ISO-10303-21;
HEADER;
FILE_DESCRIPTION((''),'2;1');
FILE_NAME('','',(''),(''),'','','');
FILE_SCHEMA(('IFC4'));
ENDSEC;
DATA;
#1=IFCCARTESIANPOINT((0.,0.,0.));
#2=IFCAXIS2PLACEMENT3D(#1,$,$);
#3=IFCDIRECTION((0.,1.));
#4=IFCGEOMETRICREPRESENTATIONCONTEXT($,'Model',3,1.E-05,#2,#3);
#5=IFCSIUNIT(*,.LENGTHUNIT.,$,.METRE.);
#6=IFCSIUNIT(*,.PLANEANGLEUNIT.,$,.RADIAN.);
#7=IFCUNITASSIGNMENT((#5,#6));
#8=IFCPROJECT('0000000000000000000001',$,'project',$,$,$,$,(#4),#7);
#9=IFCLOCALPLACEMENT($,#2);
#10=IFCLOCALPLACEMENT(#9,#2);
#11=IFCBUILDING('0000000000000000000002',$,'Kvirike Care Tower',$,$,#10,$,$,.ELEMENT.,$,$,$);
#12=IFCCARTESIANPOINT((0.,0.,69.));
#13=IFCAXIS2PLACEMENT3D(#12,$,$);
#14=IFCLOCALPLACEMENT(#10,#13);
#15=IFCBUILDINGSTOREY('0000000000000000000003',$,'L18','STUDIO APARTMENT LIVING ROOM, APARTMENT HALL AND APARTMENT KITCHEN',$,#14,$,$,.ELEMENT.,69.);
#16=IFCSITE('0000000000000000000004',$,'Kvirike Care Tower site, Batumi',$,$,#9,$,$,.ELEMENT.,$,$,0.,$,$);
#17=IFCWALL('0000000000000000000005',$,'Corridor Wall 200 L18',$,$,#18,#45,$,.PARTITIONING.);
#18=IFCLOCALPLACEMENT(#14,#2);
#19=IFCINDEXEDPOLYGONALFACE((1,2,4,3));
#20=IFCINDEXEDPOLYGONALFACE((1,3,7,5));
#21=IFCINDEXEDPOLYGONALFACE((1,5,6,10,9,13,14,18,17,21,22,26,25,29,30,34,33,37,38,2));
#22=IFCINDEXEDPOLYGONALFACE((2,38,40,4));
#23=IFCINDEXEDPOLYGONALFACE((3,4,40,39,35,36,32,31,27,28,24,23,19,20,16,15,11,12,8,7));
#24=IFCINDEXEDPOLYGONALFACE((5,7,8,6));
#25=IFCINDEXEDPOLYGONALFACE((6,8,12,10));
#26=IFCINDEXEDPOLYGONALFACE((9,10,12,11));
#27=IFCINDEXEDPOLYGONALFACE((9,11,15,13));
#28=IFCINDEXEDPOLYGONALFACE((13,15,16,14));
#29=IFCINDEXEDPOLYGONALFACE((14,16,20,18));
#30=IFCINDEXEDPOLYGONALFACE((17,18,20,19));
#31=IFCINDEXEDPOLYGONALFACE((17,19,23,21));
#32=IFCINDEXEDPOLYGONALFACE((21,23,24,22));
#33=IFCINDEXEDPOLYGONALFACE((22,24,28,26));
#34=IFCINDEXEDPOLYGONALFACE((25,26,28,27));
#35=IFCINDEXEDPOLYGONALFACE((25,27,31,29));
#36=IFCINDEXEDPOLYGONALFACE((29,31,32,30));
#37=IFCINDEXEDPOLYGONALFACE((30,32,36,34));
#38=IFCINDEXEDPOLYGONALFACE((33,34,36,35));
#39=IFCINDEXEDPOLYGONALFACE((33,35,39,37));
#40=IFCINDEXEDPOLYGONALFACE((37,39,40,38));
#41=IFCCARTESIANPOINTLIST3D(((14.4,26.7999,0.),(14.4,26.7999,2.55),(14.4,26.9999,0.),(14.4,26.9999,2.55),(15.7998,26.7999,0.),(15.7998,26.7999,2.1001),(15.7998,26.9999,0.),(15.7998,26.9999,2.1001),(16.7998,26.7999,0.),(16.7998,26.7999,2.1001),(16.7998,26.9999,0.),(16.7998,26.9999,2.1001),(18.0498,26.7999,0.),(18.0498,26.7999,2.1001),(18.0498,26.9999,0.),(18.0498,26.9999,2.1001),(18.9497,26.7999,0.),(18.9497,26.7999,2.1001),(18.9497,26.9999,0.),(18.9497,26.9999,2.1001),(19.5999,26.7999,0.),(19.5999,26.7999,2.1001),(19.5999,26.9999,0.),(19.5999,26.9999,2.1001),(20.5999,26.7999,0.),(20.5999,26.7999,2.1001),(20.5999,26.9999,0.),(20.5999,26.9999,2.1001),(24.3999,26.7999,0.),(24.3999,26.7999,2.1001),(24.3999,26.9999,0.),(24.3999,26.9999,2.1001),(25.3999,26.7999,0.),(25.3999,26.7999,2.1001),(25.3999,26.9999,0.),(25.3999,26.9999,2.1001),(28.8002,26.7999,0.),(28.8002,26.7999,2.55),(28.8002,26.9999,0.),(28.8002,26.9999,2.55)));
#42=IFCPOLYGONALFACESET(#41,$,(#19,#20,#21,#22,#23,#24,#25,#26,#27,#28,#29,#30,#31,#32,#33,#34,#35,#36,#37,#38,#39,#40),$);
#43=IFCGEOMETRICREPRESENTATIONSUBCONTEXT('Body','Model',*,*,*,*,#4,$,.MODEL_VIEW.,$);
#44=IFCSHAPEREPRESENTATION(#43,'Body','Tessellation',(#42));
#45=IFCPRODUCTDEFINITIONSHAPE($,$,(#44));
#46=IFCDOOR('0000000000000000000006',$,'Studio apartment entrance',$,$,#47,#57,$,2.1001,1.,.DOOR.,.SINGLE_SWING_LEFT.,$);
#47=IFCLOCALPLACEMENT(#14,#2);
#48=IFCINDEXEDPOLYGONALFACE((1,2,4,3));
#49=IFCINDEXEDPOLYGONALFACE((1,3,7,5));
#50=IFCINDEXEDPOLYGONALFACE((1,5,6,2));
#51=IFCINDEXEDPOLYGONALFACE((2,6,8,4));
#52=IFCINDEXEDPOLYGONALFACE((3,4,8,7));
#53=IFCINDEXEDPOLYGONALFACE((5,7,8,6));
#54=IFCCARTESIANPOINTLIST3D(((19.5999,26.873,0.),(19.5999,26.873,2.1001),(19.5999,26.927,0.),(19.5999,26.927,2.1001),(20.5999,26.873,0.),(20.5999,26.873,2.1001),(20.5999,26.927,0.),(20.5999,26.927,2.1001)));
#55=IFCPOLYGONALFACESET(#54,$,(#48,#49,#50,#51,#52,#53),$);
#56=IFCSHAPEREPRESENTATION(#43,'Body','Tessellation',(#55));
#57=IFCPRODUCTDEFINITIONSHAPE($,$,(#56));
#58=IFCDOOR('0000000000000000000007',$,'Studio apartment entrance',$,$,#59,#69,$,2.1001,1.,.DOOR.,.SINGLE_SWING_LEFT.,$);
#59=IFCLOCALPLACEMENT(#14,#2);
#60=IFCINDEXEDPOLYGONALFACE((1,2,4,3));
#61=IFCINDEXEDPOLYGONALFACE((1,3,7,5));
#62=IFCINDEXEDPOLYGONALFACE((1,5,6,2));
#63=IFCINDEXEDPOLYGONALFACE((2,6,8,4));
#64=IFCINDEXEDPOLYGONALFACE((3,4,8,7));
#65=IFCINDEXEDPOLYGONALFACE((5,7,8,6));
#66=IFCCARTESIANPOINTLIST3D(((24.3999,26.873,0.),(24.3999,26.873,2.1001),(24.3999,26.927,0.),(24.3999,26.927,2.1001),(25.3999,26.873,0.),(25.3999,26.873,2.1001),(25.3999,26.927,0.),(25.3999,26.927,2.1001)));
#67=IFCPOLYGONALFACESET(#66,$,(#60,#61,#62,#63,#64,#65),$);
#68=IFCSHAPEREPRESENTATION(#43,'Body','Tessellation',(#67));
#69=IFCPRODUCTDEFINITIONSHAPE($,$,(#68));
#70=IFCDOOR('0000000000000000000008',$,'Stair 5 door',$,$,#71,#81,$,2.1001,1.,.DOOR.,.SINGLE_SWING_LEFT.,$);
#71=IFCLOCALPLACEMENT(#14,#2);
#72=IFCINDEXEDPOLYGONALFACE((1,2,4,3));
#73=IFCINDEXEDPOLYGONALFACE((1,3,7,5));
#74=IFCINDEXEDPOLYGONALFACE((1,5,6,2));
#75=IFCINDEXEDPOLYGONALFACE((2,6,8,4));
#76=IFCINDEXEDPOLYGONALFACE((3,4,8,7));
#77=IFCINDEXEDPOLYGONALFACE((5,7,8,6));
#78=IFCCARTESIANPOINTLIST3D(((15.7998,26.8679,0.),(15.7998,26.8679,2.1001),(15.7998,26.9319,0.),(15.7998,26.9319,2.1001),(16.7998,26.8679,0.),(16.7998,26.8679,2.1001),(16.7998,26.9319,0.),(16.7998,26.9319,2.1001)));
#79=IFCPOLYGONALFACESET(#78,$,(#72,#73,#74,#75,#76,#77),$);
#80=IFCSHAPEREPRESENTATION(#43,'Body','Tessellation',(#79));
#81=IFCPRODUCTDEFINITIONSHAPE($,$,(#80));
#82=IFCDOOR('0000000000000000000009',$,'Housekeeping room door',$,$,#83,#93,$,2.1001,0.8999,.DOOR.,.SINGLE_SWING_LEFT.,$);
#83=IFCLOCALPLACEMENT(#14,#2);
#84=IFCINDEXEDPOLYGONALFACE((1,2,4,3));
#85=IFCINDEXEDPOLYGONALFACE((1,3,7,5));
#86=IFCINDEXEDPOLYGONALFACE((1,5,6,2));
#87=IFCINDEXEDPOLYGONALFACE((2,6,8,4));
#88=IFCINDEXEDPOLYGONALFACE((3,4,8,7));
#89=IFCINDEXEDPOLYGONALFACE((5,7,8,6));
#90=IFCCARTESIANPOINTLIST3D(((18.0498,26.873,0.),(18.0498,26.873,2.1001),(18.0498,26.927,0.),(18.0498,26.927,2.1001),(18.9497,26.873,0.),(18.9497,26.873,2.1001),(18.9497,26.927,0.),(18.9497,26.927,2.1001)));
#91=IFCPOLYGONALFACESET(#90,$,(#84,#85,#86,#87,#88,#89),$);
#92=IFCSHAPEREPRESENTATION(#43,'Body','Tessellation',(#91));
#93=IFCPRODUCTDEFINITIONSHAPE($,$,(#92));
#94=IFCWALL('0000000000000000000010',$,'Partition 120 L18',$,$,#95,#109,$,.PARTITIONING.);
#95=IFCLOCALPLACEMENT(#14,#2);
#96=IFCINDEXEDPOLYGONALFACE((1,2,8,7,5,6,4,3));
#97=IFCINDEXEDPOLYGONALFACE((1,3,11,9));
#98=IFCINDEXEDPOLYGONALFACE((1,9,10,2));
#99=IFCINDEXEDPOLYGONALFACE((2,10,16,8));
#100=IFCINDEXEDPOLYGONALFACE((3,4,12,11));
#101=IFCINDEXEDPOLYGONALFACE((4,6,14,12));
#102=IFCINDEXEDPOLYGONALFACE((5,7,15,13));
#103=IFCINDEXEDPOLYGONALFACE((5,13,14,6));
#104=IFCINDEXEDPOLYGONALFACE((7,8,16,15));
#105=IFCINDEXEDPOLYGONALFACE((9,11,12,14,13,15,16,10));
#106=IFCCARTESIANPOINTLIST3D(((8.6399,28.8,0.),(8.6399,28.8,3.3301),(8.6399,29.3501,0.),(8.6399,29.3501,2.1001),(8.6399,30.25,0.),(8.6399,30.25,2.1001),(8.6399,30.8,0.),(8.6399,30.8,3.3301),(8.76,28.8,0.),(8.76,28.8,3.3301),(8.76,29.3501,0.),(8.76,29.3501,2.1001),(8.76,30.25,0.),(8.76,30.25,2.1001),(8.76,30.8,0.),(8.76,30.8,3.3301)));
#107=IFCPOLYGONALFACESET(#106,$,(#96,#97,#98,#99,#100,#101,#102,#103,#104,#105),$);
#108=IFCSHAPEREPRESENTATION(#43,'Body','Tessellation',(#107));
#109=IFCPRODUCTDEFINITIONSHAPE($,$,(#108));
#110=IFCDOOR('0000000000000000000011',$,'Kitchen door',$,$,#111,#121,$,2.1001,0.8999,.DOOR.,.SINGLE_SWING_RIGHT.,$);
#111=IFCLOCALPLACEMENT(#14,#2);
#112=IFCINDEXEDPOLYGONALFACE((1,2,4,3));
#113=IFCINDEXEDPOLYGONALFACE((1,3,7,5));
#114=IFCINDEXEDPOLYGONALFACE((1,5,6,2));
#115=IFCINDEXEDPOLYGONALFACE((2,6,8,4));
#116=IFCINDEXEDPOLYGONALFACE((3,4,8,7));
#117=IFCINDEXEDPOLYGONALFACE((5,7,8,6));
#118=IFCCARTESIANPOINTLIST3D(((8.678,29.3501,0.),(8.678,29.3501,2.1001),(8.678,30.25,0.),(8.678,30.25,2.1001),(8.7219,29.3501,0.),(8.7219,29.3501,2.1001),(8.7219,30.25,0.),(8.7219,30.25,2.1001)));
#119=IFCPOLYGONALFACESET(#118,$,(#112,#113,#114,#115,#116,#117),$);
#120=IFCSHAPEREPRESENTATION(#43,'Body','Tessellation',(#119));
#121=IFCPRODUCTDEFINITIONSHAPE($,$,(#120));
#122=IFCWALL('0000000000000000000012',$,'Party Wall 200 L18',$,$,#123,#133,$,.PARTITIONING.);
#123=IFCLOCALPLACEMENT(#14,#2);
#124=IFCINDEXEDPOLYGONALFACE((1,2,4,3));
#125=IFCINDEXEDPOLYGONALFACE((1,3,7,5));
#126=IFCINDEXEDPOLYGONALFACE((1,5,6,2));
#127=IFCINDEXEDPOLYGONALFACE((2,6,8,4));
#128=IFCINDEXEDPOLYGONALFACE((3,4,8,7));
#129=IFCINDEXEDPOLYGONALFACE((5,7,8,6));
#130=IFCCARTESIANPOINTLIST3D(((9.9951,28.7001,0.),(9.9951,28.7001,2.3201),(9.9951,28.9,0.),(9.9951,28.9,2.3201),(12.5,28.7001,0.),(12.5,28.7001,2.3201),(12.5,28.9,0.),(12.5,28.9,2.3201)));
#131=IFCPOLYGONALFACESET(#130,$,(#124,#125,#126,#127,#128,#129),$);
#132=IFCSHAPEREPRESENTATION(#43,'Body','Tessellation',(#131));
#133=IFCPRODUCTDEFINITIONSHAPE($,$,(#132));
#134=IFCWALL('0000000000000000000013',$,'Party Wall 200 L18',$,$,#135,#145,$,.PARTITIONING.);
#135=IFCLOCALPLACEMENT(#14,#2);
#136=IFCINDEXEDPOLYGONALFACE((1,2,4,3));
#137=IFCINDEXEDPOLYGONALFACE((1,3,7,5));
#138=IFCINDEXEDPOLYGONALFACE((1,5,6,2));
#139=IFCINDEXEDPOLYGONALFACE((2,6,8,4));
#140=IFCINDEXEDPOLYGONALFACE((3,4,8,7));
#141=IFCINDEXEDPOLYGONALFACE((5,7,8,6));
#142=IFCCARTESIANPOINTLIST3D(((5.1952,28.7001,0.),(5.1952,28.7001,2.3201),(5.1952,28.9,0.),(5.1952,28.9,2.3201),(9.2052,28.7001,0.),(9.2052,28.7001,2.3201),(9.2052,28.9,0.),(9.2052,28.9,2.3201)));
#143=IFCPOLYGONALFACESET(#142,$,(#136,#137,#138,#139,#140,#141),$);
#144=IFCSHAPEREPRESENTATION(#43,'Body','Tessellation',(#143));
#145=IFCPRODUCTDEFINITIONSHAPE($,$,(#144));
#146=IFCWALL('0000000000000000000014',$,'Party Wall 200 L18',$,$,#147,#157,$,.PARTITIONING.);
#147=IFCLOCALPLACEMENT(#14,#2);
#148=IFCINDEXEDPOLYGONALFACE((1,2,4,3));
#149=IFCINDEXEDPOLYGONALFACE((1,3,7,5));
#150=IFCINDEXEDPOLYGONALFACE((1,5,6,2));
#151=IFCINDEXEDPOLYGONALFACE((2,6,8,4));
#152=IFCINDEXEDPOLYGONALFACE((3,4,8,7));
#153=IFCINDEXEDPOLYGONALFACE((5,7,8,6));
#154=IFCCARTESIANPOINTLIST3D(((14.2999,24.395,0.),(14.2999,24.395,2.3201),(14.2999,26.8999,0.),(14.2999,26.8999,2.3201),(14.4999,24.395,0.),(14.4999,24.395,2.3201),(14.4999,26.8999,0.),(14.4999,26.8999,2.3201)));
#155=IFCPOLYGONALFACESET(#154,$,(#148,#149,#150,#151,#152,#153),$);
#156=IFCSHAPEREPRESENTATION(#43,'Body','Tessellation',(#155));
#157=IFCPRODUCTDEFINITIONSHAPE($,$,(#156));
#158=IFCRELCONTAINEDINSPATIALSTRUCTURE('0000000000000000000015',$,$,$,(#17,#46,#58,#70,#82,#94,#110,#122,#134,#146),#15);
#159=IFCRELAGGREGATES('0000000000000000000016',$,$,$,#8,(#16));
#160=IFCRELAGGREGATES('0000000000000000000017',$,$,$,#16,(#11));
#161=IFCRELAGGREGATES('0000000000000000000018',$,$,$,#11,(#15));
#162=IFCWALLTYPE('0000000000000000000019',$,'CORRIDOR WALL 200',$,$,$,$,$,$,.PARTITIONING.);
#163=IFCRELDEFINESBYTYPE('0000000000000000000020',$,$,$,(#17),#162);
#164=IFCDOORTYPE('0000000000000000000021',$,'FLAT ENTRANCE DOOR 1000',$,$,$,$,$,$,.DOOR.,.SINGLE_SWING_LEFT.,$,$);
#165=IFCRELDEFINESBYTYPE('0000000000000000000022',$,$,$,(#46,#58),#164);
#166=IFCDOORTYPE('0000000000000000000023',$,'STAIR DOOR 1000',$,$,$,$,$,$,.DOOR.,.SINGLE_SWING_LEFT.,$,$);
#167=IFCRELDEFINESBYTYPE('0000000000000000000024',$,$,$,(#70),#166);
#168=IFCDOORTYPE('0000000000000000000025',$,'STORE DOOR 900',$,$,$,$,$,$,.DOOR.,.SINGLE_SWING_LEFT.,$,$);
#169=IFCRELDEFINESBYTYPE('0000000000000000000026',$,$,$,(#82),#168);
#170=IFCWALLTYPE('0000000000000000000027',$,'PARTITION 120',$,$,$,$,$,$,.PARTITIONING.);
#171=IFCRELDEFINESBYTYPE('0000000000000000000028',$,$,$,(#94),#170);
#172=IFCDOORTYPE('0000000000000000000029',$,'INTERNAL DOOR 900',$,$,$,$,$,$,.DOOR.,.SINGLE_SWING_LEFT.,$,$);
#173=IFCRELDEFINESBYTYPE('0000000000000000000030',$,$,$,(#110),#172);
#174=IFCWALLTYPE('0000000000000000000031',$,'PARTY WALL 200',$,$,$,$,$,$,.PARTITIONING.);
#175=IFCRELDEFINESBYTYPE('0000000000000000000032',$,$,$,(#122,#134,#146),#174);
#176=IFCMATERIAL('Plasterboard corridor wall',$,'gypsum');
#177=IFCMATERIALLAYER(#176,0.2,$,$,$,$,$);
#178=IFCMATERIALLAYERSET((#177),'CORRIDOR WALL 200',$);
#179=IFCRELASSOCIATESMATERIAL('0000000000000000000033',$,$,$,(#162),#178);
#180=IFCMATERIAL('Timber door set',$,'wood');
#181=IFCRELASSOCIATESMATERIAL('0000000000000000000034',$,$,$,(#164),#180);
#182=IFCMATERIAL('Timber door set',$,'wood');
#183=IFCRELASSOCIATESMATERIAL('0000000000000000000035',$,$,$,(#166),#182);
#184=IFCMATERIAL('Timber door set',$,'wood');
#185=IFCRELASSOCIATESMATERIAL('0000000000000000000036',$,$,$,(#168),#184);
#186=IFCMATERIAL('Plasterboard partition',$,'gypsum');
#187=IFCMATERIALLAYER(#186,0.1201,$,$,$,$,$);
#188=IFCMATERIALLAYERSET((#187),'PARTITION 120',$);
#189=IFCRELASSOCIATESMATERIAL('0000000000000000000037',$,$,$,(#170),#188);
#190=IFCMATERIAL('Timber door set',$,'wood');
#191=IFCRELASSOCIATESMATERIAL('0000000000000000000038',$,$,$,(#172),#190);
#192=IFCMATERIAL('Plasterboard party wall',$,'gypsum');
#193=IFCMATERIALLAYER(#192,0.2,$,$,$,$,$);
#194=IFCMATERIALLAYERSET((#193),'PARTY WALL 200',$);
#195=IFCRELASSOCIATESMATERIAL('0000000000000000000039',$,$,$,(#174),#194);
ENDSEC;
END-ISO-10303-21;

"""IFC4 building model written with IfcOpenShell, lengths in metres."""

from ifc_helpers import new_model, si_unit, direction, frame, frame_2d, origin, place, context, subcontext, project, spatial, rectangle, extrude, material, layer, layer_set, type_object, element, fill, save


model = new_model("IFC4")

# Units and contexts
model_context = context("Model", 3, precision=1e-05, world=origin(), true_north=direction((0.0, 1.0)))
body_context = subcontext(model_context, "Body", "Model", "MODEL_VIEW")
ifc_project = project(units=[si_unit("LENGTHUNIT", "METRE"), si_unit("PLANEANGLEUNIT", "RADIAN")], contexts=[model_context])

# Site, building, storey
site_placement = place(None, origin())
site = spatial("IfcSite", under=ifc_project, at=site_placement, Name="Kvirike Care Tower site, Batumi", CompositionType="ELEMENT", RefElevation=0.0)
building_placement = place(site_placement, origin())
building = spatial("IfcBuilding", under=site, at=building_placement, Name="Kvirike Care Tower", CompositionType="ELEMENT")
storey_placement = place(building_placement, frame((0.0, 0.0, 69.0)))
storey = spatial("IfcBuildingStorey", under=building, at=storey_placement, Name="L18", Description="STUDIO APARTMENT LIVING ROOM, APARTMENT HALL AND APARTMENT KITCHEN", CompositionType="ELEMENT", Elevation=69.0)

# Wall, openings, doors
ifc_material_1 = material(Name="Plasterboard corridor wall", Category="gypsum")
ifc_layer_1 = layer(ifc_material_1, 0.2)
ifc_layer_set_1 = layer_set([ifc_layer_1], Name="CORRIDOR WALL 200")
wall_type_1 = type_object("IfcWallType", Name="CORRIDOR WALL 200", PredefinedType="PARTITIONING", material=ifc_layer_set_1)
wall_1_placement = place(storey_placement, frame((14.3999, 26.8999, 0.0), z_axis=(0.0, 0.0, 1.0), x_axis=(1.0, 0.0, 0.0)))
wall_1 = element("IfcWall", 1, at=wall_1_placement, inside=storey, type_object=wall_type_1, Name="Corridor Wall 200 L18", PredefinedType="PARTITIONING", context=body_context, shape_type="SweptSolid", body=[
    extrude(rectangle(XDim=14.4001, YDim=0.2, at=frame_2d((7.2002, 0.0))), origin(), (0.0, 0.0, 1.0), 2.55),
])
opening_1_placement = place(wall_1_placement, frame((1.3999, 0.0, 0.0)))
opening_1 = element("IfcOpeningElement", 2, at=opening_1_placement, cuts=wall_1, PredefinedType="OPENING", context=body_context, shape_type="SweptSolid", body=[
    extrude(rectangle(XDim=1.0, YDim=2.1001, at=frame_2d((0.5, 1.05))), frame((0.0, 0.1106, 0.0), z_axis=(0.0, -1.0, 0.0), x_axis=(1.0, 0.0, 0.0)), (0.0, 0.0, 1.0), 0.2209),
])
opening_2_placement = place(wall_1_placement, frame((3.6499, 0.0, 0.0)))
opening_2 = element("IfcOpeningElement", 3, at=opening_2_placement, cuts=wall_1, PredefinedType="OPENING", context=body_context, shape_type="SweptSolid", body=[
    extrude(rectangle(XDim=0.8999, YDim=2.1001, at=frame_2d((0.45, 1.05))), frame((0.0, 0.1106, 0.0), z_axis=(0.0, -1.0, 0.0), x_axis=(1.0, 0.0, 0.0)), (0.0, 0.0, 1.0), 0.2209),
])
opening_3_placement = place(wall_1_placement, frame((5.2, 0.0, 0.0)))
opening_3 = element("IfcOpeningElement", 4, at=opening_3_placement, cuts=wall_1, PredefinedType="OPENING", context=body_context, shape_type="SweptSolid", body=[
    extrude(rectangle(XDim=1.0, YDim=2.1001, at=frame_2d((0.5, 1.05))), frame((0.0, 0.1106, 0.0), z_axis=(0.0, -1.0, 0.0), x_axis=(1.0, 0.0, 0.0)), (0.0, 0.0, 1.0), 0.2209),
])
opening_4_placement = place(wall_1_placement, frame((10.0, 0.0, 0.0)))
opening_4 = element("IfcOpeningElement", 5, at=opening_4_placement, cuts=wall_1, PredefinedType="OPENING", context=body_context, shape_type="SweptSolid", body=[
    extrude(rectangle(XDim=1.0, YDim=2.1001, at=frame_2d((0.5, 1.05))), frame((0.0, 0.1106, 0.0), z_axis=(0.0, -1.0, 0.0), x_axis=(1.0, 0.0, 0.0)), (0.0, 0.0, 1.0), 0.2209),
])
ifc_material_2 = material(Name="Timber door set", Category="wood")
door_type_1 = type_object("IfcDoorType", Name="FLAT ENTRANCE DOOR 1000", OperationType="SINGLE_SWING_LEFT", PredefinedType="DOOR", material=ifc_material_2)
door_1_placement = place(opening_3_placement, frame((1.0, 0.0, 0.0), z_axis=(0.0, 0.0, 1.0), x_axis=(-1.0, 0.0, 0.0)))
door_1 = element("IfcDoor", 6, at=door_1_placement, inside=storey, type_object=door_type_1, Name="Studio apartment entrance", OperationType="SINGLE_SWING_LEFT", OverallHeight=2.1001, OverallWidth=1.0, PredefinedType="DOOR", context=body_context, shape_type="SweptSolid", body=[
    extrude(rectangle(XDim=1.0, YDim=2.1001, at=frame_2d((0.5, 1.05))), frame((0.0, 0.0269, 0.0), z_axis=(0.0, -1.0, 0.0), x_axis=(1.0, 0.0, 0.0)), (0.0, 0.0, 1.0), 0.054),
])
fill(opening_3, door_1)
door_2_placement = place(opening_4_placement, frame((1.0, 0.0, 0.0), z_axis=(0.0, 0.0, 1.0), x_axis=(-1.0, 0.0, 0.0)))
door_2 = element("IfcDoor", 7, at=door_2_placement, inside=storey, type_object=door_type_1, Name="Studio apartment entrance", OperationType="SINGLE_SWING_LEFT", OverallHeight=2.1001, OverallWidth=1.0, PredefinedType="DOOR", context=body_context, shape_type="SweptSolid", body=[
    extrude(rectangle(XDim=1.0, YDim=2.1001, at=frame_2d((0.5, 1.05))), frame((0.0, 0.0269, 0.0), z_axis=(0.0, -1.0, 0.0), x_axis=(1.0, 0.0, 0.0)), (0.0, 0.0, 1.0), 0.054),
])
fill(opening_4, door_2)
ifc_material_3 = material(Name="Timber door set", Category="wood")
door_type_2 = type_object("IfcDoorType", Name="STAIR DOOR 1000", OperationType="SINGLE_SWING_LEFT", PredefinedType="DOOR", material=ifc_material_3)
door_3_placement = place(opening_1_placement, frame((1.0, 0.0, 0.0), z_axis=(0.0, 0.0, 1.0), x_axis=(-1.0, 0.0, 0.0)))
door_3 = element("IfcDoor", 8, at=door_3_placement, inside=storey, type_object=door_type_2, Name="Stair 5 door", OperationType="SINGLE_SWING_LEFT", OverallHeight=2.1001, OverallWidth=1.0, PredefinedType="DOOR", context=body_context, shape_type="SweptSolid", body=[
    extrude(rectangle(XDim=1.0, YDim=2.1001, at=frame_2d((0.5, 1.05))), frame((0.0, 0.032, 0.0), z_axis=(0.0, -1.0, 0.0), x_axis=(1.0, 0.0, 0.0)), (0.0, 0.0, 1.0), 0.064),
])
fill(opening_1, door_3)
ifc_material_4 = material(Name="Timber door set", Category="wood")
door_type_3 = type_object("IfcDoorType", Name="STORE DOOR 900", OperationType="SINGLE_SWING_LEFT", PredefinedType="DOOR", material=ifc_material_4)
door_4_placement = place(opening_2_placement, frame((0.8999, 0.0, 0.0), z_axis=(0.0, 0.0, 1.0), x_axis=(-1.0, 0.0, 0.0)))
door_4 = element("IfcDoor", 9, at=door_4_placement, inside=storey, type_object=door_type_3, Name="Housekeeping room door", OperationType="SINGLE_SWING_LEFT", OverallHeight=2.1001, OverallWidth=0.8999, PredefinedType="DOOR", context=body_context, shape_type="SweptSolid", body=[
    extrude(rectangle(XDim=0.8999, YDim=2.1001, at=frame_2d((0.45, 1.05))), frame((0.0, 0.0269, 0.0), z_axis=(0.0, -1.0, 0.0), x_axis=(1.0, 0.0, 0.0)), (0.0, 0.0, 1.0), 0.054),
])
fill(opening_2, door_4)

# Wall, opening, door
ifc_material_5 = material(Name="Plasterboard partition", Category="gypsum")
ifc_layer_2 = layer(ifc_material_5, 0.1201)
ifc_layer_set_2 = layer_set([ifc_layer_2], Name="PARTITION 120")
wall_type_2 = type_object("IfcWallType", Name="PARTITION 120", PredefinedType="PARTITIONING", material=ifc_layer_set_2)
wall_2_placement = place(storey_placement, frame((8.7, 30.8, 0.0), z_axis=(0.0, 0.0, 1.0), x_axis=(0.0, -1.0, 0.0)))
wall_2 = element("IfcWall", 10, at=wall_2_placement, inside=storey, type_object=wall_type_2, Name="Partition 120 L18", PredefinedType="PARTITIONING", context=body_context, shape_type="SweptSolid", body=[
    extrude(rectangle(XDim=2.0, YDim=0.1201, at=frame_2d((1.0, 0.0))), origin(), (0.0, 0.0, 1.0), 3.3301),
])
opening_5_placement = place(wall_2_placement, frame((0.55, 0.0, 0.0)))
opening_5 = element("IfcOpeningElement", 11, at=opening_5_placement, cuts=wall_2, PredefinedType="OPENING", context=body_context, shape_type="SweptSolid", body=[
    extrude(rectangle(XDim=0.8999, YDim=2.1001, at=frame_2d((0.45, 1.05))), frame((0.0, 0.0706, 0.0), z_axis=(0.0, -1.0, 0.0), x_axis=(1.0, 0.0, 0.0)), (0.0, 0.0, 1.0), 0.1411),
])
ifc_material_6 = material(Name="Timber door set", Category="wood")
door_type_4 = type_object("IfcDoorType", Name="INTERNAL DOOR 900", OperationType="SINGLE_SWING_LEFT", PredefinedType="DOOR", material=ifc_material_6)
door_5_placement = place(opening_5_placement, frame((0.8999, 0.0, 0.0), z_axis=(0.0, 0.0, 1.0), x_axis=(-1.0, 0.0, 0.0)))
door_5 = element("IfcDoor", 12, at=door_5_placement, inside=storey, type_object=door_type_4, Name="Kitchen door", OperationType="SINGLE_SWING_RIGHT", OverallHeight=2.1001, OverallWidth=0.8999, PredefinedType="DOOR", context=body_context, shape_type="SweptSolid", body=[
    extrude(rectangle(XDim=0.8999, YDim=2.1001, at=frame_2d((0.45, 1.05))), frame((0.0, 0.022, 0.0), z_axis=(0.0, -1.0, 0.0), x_axis=(1.0, 0.0, 0.0)), (0.0, 0.0, 1.0), 0.0439),
])
fill(opening_5, door_5)

# Walls
ifc_material_7 = material(Name="Plasterboard party wall", Category="gypsum")
ifc_layer_3 = layer(ifc_material_7, 0.2)
ifc_layer_set_3 = layer_set([ifc_layer_3], Name="PARTY WALL 200")
wall_type_3 = type_object("IfcWallType", Name="PARTY WALL 200", PredefinedType="PARTITIONING", material=ifc_layer_set_3)
wall_3_placement = place(storey_placement, frame((12.5, 28.8, 0.0), z_axis=(0.0, 0.0, 1.0), x_axis=(-1.0, 0.0, 0.0)))
element("IfcWall", 13, at=wall_3_placement, inside=storey, type_object=wall_type_3, Name="Party Wall 200 L18", PredefinedType="PARTITIONING", context=body_context, shape_type="SweptSolid", body=[
    extrude(rectangle(XDim=2.5049, YDim=0.2, at=frame_2d((1.2524, 0.0))), origin(), (0.0, 0.0, 1.0), 2.3201),
])
wall_4_placement = place(storey_placement, frame((9.2051, 28.8, 0.0), z_axis=(0.0, 0.0, 1.0), x_axis=(-1.0, 0.0, 0.0)))
element("IfcWall", 14, at=wall_4_placement, inside=storey, type_object=wall_type_3, Name="Party Wall 200 L18", PredefinedType="PARTITIONING", context=body_context, shape_type="SweptSolid", body=[
    extrude(rectangle(XDim=4.01, YDim=0.2, at=frame_2d((2.0049, 0.0))), origin(), (0.0, 0.0, 1.0), 2.3201),
])
wall_5_placement = place(storey_placement, frame((14.3999, 24.395, 0.0), z_axis=(0.0, 0.0, 1.0), x_axis=(0.0, 1.0, 0.0)))
element("IfcWall", 15, at=wall_5_placement, inside=storey, type_object=wall_type_3, Name="Party Wall 200 L18", PredefinedType="PARTITIONING", context=body_context, shape_type="SweptSolid", body=[
    extrude(rectangle(XDim=2.5049, YDim=0.2, at=frame_2d((1.2524, 0.0))), origin(), (0.0, 0.0, 1.0), 2.3201),
])

save(model, "model.ifc")
